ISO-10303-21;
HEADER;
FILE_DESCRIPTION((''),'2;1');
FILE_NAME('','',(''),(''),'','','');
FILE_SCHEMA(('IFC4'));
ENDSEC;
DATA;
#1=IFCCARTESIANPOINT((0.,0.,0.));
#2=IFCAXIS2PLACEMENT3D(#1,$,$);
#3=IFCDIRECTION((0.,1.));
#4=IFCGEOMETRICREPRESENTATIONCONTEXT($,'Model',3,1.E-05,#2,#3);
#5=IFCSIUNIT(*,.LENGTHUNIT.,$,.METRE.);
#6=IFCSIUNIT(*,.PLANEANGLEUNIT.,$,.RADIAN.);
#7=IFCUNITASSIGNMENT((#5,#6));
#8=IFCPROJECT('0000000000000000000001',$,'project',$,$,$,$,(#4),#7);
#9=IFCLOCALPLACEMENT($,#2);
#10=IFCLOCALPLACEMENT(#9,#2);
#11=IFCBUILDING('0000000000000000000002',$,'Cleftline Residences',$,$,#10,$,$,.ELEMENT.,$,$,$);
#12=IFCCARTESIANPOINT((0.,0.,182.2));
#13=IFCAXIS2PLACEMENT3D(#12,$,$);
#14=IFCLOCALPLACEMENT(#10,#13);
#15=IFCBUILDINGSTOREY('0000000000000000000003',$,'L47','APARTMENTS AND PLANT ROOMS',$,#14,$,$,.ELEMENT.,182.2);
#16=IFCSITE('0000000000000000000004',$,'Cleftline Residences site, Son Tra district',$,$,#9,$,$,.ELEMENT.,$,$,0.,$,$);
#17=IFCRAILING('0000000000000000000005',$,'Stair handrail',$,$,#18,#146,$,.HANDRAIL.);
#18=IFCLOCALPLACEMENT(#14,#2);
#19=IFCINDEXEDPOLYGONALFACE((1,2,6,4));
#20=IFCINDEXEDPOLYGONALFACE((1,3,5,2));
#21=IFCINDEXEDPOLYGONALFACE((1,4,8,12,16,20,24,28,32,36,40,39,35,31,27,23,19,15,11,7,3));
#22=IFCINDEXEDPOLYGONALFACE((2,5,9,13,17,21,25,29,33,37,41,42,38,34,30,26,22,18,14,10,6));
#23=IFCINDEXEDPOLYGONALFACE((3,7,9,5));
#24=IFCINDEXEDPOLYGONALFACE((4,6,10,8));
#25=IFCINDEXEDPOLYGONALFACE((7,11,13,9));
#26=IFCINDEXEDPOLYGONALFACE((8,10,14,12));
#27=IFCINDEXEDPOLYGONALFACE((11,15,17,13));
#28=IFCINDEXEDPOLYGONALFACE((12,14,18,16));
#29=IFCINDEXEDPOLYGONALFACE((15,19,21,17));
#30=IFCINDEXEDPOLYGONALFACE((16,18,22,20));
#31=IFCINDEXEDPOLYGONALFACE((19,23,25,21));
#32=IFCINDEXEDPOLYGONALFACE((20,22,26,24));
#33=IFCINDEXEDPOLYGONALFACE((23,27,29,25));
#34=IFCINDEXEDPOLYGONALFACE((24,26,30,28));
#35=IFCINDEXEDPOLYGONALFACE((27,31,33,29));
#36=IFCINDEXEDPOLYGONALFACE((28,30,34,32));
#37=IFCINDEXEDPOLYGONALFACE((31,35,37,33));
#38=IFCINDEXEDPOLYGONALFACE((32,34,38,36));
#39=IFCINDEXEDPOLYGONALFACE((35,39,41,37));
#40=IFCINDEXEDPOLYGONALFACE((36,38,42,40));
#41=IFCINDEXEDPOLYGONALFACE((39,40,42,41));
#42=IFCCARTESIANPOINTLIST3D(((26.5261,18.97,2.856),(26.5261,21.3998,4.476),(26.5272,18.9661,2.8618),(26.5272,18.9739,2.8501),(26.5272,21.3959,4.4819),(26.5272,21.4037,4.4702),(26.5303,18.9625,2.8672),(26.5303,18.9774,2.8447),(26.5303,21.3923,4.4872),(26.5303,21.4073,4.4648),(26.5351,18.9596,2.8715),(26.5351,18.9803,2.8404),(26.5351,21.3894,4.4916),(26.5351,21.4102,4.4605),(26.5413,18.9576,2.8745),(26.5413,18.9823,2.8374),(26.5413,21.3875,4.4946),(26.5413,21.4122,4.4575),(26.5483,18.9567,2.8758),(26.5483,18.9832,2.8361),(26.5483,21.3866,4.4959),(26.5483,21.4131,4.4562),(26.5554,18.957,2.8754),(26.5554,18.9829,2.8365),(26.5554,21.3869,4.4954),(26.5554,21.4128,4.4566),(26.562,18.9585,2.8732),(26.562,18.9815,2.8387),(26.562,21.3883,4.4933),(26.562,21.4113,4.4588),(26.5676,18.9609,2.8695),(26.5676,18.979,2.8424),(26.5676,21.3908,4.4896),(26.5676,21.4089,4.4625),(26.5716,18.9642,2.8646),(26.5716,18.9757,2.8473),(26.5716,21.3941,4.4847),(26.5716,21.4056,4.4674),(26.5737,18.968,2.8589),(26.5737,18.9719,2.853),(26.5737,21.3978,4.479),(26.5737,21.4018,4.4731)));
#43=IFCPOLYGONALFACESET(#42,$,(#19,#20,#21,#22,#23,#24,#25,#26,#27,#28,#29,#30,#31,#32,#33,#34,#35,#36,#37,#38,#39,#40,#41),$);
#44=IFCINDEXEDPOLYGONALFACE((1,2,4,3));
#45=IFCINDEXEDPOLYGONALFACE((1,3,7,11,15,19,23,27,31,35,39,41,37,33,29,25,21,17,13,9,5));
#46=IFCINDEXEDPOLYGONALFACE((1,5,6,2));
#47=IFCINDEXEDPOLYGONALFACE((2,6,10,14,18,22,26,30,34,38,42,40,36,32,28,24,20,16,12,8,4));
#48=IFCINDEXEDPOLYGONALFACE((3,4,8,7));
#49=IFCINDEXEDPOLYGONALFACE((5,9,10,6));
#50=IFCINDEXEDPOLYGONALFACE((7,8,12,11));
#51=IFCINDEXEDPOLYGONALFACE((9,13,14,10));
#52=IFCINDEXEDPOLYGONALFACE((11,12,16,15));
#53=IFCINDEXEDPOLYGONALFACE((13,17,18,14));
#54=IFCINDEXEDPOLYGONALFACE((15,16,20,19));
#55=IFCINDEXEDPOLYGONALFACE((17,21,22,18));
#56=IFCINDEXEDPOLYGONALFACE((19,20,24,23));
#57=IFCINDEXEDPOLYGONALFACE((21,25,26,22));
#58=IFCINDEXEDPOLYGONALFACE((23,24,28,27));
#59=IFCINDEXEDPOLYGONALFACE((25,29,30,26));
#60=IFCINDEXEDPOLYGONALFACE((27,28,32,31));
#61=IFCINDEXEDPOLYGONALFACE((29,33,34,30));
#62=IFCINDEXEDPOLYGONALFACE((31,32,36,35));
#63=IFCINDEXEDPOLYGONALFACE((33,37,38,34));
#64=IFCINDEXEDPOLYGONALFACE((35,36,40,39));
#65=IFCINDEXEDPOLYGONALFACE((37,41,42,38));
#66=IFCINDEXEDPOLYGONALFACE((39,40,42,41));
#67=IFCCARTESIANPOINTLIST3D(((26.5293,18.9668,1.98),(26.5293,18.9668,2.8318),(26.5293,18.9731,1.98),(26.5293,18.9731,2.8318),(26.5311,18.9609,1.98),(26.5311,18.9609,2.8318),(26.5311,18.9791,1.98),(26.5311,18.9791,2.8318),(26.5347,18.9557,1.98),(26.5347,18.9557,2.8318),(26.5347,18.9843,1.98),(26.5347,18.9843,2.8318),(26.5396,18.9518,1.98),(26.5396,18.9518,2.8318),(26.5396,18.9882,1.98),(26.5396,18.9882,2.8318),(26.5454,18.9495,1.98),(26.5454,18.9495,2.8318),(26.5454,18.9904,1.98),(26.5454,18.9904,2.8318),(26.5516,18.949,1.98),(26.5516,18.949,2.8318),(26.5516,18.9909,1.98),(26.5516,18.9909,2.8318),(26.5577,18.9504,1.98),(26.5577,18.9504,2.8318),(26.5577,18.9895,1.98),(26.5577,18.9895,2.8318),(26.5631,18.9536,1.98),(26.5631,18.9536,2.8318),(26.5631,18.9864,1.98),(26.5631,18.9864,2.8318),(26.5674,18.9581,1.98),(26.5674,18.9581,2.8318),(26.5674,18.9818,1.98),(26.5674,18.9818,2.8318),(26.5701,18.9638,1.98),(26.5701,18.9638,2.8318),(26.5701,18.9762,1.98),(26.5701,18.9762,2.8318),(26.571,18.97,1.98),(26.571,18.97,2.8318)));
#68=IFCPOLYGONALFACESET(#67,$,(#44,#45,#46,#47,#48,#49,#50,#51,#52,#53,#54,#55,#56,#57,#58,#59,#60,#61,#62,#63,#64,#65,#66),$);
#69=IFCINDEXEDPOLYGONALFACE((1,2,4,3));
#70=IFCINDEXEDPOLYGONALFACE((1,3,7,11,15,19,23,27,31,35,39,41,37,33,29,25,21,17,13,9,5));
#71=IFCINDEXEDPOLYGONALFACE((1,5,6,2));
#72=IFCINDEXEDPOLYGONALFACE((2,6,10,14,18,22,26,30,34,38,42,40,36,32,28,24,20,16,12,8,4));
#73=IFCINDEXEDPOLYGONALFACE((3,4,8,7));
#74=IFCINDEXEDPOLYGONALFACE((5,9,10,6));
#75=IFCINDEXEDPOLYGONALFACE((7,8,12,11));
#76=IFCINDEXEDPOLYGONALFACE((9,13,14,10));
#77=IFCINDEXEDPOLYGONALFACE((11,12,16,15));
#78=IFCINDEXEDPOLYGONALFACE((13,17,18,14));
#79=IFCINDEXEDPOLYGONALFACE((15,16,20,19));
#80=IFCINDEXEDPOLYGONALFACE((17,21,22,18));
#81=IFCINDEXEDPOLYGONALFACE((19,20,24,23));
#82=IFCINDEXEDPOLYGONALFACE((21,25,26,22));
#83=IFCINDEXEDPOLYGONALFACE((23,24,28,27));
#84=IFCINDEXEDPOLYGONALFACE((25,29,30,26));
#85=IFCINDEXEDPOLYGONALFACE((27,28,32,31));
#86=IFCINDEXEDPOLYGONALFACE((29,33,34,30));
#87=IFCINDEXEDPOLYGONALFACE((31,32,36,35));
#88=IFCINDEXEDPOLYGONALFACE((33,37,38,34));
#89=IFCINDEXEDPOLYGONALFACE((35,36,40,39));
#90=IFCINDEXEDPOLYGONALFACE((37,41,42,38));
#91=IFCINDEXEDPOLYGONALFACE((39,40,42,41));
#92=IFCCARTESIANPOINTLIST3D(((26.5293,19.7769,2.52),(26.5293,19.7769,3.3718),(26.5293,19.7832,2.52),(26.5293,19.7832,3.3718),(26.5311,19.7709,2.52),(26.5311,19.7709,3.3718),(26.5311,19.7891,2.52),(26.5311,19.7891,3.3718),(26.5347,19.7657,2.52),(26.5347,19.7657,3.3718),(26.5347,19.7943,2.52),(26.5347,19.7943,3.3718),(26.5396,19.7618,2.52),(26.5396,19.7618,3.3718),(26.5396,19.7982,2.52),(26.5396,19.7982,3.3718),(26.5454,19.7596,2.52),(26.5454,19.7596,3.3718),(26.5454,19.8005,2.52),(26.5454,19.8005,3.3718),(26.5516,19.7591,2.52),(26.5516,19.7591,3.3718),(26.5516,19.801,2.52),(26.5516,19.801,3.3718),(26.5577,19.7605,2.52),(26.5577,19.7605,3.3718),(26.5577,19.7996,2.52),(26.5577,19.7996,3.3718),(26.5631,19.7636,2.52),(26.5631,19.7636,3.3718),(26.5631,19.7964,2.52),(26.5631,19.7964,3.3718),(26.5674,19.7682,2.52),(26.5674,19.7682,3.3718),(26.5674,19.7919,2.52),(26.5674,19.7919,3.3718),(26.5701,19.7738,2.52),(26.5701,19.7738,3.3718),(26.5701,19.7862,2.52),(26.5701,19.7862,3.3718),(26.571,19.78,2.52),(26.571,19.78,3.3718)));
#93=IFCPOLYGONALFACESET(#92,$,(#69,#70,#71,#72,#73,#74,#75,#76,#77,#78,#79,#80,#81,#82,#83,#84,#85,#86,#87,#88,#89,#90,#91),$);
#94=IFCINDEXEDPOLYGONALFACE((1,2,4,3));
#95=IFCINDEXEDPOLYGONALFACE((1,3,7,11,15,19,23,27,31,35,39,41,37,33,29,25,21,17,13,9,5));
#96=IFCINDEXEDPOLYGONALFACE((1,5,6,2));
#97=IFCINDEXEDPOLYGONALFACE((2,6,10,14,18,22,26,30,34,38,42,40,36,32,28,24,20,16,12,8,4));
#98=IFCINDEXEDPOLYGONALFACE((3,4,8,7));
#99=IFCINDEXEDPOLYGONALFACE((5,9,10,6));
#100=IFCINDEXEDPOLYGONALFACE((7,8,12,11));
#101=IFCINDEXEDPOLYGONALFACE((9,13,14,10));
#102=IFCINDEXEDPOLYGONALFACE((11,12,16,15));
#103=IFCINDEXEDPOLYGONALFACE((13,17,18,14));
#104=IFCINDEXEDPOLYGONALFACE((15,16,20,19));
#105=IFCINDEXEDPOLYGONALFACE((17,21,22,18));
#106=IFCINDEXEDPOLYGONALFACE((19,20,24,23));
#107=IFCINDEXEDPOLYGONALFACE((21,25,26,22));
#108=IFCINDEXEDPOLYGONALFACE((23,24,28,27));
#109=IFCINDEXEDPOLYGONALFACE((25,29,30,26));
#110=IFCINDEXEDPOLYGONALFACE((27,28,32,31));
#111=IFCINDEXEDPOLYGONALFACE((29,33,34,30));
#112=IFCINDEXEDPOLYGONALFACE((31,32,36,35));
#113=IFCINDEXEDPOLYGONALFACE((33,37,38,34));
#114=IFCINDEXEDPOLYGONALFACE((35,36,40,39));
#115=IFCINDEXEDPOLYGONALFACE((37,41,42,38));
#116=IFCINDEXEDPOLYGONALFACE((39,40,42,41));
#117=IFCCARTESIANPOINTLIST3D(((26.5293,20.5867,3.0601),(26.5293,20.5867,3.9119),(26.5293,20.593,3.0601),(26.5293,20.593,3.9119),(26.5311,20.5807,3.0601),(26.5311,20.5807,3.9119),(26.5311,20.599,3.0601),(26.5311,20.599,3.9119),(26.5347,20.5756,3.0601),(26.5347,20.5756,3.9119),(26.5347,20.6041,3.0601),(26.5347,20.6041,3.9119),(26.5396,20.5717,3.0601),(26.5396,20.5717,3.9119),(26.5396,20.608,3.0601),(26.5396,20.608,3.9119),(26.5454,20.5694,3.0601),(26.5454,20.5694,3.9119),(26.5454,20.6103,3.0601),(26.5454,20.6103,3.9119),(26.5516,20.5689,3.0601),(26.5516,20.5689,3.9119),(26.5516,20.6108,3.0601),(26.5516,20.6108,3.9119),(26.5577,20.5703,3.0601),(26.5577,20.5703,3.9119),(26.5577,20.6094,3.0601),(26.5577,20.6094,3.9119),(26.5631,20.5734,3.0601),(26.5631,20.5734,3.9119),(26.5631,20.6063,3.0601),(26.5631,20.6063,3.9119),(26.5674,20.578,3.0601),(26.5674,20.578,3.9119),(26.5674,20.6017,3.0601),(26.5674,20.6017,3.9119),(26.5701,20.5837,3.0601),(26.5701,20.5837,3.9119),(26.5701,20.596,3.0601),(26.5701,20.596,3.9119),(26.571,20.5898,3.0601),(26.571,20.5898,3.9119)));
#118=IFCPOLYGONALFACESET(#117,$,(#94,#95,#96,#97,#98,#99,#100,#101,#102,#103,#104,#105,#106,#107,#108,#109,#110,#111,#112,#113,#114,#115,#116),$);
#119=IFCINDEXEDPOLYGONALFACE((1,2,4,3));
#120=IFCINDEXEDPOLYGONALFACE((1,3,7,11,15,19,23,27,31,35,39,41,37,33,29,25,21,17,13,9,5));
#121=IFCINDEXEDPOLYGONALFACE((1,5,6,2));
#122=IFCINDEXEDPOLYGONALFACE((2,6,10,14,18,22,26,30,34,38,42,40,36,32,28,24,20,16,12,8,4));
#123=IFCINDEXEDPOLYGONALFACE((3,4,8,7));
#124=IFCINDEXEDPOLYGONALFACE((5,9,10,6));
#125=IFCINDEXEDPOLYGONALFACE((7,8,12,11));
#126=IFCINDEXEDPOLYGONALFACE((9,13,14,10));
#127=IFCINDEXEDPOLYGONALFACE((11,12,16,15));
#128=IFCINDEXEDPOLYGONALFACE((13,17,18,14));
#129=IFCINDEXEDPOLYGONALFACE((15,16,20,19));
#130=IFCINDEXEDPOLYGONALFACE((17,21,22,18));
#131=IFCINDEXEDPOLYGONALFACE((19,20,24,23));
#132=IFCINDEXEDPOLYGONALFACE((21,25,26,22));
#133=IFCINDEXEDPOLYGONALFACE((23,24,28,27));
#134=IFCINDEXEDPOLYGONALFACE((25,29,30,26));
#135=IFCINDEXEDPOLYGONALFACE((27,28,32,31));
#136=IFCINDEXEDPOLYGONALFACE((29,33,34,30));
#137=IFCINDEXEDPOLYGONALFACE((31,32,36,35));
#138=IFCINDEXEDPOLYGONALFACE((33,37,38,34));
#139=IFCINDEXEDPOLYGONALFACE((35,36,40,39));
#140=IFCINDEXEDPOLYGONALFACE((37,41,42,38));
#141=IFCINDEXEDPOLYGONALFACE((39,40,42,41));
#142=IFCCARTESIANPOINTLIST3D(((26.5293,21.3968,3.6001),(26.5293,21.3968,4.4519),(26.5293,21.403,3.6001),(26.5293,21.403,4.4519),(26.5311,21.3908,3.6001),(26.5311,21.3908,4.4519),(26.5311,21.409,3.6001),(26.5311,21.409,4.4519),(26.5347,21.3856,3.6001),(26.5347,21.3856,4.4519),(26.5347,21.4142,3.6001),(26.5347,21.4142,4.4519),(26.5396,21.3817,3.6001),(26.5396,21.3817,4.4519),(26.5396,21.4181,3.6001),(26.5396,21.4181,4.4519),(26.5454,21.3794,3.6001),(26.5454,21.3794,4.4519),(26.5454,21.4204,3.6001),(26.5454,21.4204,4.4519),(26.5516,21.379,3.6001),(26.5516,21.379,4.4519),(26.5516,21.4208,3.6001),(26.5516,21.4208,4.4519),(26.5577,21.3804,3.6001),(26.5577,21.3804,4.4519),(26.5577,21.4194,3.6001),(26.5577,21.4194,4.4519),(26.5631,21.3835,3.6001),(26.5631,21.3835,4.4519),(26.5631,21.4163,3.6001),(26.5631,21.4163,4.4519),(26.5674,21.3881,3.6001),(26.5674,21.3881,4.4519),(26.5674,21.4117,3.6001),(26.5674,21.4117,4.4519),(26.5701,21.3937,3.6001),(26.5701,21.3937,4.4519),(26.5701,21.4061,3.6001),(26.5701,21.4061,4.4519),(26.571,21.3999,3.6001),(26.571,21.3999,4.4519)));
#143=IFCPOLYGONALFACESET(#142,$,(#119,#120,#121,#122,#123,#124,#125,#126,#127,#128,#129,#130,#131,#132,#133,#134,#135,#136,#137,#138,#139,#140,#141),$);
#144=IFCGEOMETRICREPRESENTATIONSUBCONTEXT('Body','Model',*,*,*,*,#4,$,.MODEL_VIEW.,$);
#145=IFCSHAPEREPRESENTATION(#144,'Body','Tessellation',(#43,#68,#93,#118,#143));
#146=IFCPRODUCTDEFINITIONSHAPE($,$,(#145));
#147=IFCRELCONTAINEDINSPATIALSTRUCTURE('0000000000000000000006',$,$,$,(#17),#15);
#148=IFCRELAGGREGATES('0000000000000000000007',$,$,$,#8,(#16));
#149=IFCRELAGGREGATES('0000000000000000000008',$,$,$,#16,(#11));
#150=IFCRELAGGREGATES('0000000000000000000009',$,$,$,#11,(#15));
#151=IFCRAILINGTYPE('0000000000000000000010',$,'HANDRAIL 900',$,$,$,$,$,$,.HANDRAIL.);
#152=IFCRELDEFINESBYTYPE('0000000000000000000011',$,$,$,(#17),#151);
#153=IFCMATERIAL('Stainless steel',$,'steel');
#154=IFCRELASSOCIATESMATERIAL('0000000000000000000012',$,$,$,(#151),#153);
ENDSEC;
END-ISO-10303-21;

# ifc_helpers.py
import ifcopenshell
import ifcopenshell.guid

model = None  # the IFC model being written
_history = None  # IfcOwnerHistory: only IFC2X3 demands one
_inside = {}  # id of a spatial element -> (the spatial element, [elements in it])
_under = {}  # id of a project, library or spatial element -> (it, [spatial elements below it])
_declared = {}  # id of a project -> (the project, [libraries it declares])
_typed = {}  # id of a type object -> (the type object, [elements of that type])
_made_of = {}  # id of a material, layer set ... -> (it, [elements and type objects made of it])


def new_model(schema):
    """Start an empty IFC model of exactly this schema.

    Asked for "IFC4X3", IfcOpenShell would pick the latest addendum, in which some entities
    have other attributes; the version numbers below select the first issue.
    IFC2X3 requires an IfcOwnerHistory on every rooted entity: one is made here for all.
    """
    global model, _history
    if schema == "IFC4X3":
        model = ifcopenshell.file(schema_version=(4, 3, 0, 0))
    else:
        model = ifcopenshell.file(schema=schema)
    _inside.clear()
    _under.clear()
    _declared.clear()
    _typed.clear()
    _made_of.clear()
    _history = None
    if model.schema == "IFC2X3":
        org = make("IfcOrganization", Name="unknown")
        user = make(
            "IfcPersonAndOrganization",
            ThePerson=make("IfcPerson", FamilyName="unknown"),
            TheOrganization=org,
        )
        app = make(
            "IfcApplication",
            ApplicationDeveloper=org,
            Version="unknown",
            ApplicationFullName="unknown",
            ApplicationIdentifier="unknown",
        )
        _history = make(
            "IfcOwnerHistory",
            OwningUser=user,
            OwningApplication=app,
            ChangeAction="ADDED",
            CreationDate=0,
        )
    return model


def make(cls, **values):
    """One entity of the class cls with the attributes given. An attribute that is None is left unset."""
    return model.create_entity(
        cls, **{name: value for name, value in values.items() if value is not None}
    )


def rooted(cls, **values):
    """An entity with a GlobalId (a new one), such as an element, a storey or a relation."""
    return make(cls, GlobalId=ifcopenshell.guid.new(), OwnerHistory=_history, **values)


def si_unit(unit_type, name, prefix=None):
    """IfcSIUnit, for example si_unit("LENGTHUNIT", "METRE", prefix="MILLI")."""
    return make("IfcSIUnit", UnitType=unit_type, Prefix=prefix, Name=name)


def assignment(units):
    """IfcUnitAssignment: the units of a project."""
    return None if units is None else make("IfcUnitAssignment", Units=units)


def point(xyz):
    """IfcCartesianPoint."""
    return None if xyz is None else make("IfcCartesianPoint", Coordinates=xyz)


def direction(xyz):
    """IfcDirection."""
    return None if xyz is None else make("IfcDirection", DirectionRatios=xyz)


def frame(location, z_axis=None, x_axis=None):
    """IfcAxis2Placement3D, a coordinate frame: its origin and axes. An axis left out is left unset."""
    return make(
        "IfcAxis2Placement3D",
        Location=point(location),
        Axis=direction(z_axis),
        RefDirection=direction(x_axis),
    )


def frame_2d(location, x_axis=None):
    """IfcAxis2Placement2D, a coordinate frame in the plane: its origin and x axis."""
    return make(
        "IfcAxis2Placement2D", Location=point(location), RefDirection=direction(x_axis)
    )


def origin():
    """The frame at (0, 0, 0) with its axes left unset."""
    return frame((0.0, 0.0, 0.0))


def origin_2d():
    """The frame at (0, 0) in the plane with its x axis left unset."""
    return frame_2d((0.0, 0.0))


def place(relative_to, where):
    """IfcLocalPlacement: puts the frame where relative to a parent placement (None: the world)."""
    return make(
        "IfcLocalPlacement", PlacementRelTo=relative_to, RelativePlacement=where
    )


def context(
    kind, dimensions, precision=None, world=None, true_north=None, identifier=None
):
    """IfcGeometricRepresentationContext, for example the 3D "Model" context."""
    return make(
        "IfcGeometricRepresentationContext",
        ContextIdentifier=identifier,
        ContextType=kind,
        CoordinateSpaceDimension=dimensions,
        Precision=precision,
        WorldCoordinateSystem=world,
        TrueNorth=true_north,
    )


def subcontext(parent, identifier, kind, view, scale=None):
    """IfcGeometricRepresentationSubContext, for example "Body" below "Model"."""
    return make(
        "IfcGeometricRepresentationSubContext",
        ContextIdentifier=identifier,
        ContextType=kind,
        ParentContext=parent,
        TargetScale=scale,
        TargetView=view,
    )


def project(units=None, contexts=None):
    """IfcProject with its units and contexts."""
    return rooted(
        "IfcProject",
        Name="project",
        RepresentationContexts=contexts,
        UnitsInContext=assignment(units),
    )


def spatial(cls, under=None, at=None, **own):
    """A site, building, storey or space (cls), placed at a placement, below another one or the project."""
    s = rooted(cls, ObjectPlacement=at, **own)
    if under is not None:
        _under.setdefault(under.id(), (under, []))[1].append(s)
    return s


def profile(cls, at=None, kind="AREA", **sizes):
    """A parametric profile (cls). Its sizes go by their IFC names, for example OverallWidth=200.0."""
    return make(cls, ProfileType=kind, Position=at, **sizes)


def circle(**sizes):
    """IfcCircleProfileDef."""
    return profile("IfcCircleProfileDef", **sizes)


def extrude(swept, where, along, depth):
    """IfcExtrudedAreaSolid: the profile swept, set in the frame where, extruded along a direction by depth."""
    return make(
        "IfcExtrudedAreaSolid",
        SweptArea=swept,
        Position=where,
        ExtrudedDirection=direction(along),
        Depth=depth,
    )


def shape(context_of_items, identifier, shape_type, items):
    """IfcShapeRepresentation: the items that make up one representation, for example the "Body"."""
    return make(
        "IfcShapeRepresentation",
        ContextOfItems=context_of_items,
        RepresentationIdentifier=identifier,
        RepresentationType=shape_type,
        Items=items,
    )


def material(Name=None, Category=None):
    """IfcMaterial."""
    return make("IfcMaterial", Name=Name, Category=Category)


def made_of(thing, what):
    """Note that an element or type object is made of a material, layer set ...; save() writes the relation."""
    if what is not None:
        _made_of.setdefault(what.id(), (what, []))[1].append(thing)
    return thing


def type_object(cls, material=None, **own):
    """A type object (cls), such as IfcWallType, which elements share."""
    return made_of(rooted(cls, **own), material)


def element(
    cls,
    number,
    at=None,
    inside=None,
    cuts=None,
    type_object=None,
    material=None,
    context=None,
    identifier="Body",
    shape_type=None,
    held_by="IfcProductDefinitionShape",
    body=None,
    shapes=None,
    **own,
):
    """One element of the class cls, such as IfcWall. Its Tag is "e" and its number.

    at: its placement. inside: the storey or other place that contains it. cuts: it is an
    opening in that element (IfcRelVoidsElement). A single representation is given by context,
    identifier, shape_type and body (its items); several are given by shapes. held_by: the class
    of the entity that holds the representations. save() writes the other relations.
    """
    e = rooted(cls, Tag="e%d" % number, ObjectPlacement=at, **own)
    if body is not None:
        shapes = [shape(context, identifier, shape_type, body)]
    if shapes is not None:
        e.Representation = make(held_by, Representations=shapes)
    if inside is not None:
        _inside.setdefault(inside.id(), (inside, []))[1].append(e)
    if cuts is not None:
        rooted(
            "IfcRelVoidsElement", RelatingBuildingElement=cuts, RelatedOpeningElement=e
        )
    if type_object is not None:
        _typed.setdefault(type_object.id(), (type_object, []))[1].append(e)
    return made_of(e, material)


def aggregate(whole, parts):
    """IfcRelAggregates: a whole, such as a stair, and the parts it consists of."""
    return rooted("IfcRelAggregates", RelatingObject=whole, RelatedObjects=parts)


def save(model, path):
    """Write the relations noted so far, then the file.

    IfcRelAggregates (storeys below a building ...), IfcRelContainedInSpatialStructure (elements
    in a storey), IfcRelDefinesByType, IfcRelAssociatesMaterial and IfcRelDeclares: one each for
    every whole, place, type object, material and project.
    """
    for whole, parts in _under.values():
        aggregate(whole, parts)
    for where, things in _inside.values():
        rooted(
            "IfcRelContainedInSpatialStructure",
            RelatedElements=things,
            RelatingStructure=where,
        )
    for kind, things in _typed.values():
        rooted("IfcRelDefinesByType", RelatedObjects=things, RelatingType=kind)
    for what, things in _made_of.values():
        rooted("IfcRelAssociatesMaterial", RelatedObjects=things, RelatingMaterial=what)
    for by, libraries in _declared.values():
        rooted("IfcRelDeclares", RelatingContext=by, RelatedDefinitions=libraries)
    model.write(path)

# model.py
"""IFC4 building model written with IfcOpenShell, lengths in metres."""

from ifc_helpers import new_model, si_unit, direction, frame, origin, origin_2d, place, context, subcontext, project, spatial, circle, extrude, material, type_object, element, save


model = new_model("IFC4")

# Units and contexts
model_context = context("Model", 3, precision=1e-05, world=origin(), true_north=direction((0.0, 1.0)))
body_context = subcontext(model_context, "Body", "Model", "MODEL_VIEW")
ifc_project = project(units=[si_unit("LENGTHUNIT", "METRE"), si_unit("PLANEANGLEUNIT", "RADIAN")], contexts=[model_context])

# Site, building, storey
site_placement = place(None, origin())
site = spatial("IfcSite", under=ifc_project, at=site_placement, Name="Cleftline Residences site, Son Tra district", CompositionType="ELEMENT", RefElevation=0.0)
building_placement = place(site_placement, origin())
building = spatial("IfcBuilding", under=site, at=building_placement, Name="Cleftline Residences", CompositionType="ELEMENT")
storey_placement = place(building_placement, frame((0.0, 0.0, 182.2)))
storey = spatial("IfcBuildingStorey", under=building, at=storey_placement, Name="L47", Description="APARTMENTS AND PLANT ROOMS", CompositionType="ELEMENT", Elevation=182.2)

# Railing
ifc_material_1 = material(Name="Stainless steel", Category="steel")
railing_type = type_object("IfcRailingType", Name="HANDRAIL 900", PredefinedType="HANDRAIL", material=ifc_material_1)
railing_1_placement = place(storey_placement, frame((26.55, 18.97, 1.98)))
element("IfcRailing", 1, at=railing_1_placement, inside=storey, type_object=railing_type, Name="Stair handrail", PredefinedType="HANDRAIL", context=body_context, shape_type="SweptSolid", body=[
    extrude(circle(Radius=0.0239, at=origin_2d()), frame((0.0, 0.0, 0.876), z_axis=(0.0, 0.832025, 0.554739), x_axis=(-1.0, 0.0, 0.0)), (0.0, 0.0, 1.0), 2.9204),
    extrude(circle(Radius=0.021, at=origin_2d()), origin(), (0.0, 0.0, 1.0), 0.8518),
    extrude(circle(Radius=0.021, at=origin_2d()), frame((0.0, 0.8101, 0.54)), (0.0, 0.0, 1.0), 0.8518),
    extrude(circle(Radius=0.021, at=origin_2d()), frame((0.0, 1.6199, 1.0801)), (0.0, 0.0, 1.0), 0.8518),
    extrude(circle(Radius=0.021, at=origin_2d()), frame((0.0, 2.4299, 1.6201)), (0.0, 0.0, 1.0), 0.8518),
])

save(model, "model.ifc")
